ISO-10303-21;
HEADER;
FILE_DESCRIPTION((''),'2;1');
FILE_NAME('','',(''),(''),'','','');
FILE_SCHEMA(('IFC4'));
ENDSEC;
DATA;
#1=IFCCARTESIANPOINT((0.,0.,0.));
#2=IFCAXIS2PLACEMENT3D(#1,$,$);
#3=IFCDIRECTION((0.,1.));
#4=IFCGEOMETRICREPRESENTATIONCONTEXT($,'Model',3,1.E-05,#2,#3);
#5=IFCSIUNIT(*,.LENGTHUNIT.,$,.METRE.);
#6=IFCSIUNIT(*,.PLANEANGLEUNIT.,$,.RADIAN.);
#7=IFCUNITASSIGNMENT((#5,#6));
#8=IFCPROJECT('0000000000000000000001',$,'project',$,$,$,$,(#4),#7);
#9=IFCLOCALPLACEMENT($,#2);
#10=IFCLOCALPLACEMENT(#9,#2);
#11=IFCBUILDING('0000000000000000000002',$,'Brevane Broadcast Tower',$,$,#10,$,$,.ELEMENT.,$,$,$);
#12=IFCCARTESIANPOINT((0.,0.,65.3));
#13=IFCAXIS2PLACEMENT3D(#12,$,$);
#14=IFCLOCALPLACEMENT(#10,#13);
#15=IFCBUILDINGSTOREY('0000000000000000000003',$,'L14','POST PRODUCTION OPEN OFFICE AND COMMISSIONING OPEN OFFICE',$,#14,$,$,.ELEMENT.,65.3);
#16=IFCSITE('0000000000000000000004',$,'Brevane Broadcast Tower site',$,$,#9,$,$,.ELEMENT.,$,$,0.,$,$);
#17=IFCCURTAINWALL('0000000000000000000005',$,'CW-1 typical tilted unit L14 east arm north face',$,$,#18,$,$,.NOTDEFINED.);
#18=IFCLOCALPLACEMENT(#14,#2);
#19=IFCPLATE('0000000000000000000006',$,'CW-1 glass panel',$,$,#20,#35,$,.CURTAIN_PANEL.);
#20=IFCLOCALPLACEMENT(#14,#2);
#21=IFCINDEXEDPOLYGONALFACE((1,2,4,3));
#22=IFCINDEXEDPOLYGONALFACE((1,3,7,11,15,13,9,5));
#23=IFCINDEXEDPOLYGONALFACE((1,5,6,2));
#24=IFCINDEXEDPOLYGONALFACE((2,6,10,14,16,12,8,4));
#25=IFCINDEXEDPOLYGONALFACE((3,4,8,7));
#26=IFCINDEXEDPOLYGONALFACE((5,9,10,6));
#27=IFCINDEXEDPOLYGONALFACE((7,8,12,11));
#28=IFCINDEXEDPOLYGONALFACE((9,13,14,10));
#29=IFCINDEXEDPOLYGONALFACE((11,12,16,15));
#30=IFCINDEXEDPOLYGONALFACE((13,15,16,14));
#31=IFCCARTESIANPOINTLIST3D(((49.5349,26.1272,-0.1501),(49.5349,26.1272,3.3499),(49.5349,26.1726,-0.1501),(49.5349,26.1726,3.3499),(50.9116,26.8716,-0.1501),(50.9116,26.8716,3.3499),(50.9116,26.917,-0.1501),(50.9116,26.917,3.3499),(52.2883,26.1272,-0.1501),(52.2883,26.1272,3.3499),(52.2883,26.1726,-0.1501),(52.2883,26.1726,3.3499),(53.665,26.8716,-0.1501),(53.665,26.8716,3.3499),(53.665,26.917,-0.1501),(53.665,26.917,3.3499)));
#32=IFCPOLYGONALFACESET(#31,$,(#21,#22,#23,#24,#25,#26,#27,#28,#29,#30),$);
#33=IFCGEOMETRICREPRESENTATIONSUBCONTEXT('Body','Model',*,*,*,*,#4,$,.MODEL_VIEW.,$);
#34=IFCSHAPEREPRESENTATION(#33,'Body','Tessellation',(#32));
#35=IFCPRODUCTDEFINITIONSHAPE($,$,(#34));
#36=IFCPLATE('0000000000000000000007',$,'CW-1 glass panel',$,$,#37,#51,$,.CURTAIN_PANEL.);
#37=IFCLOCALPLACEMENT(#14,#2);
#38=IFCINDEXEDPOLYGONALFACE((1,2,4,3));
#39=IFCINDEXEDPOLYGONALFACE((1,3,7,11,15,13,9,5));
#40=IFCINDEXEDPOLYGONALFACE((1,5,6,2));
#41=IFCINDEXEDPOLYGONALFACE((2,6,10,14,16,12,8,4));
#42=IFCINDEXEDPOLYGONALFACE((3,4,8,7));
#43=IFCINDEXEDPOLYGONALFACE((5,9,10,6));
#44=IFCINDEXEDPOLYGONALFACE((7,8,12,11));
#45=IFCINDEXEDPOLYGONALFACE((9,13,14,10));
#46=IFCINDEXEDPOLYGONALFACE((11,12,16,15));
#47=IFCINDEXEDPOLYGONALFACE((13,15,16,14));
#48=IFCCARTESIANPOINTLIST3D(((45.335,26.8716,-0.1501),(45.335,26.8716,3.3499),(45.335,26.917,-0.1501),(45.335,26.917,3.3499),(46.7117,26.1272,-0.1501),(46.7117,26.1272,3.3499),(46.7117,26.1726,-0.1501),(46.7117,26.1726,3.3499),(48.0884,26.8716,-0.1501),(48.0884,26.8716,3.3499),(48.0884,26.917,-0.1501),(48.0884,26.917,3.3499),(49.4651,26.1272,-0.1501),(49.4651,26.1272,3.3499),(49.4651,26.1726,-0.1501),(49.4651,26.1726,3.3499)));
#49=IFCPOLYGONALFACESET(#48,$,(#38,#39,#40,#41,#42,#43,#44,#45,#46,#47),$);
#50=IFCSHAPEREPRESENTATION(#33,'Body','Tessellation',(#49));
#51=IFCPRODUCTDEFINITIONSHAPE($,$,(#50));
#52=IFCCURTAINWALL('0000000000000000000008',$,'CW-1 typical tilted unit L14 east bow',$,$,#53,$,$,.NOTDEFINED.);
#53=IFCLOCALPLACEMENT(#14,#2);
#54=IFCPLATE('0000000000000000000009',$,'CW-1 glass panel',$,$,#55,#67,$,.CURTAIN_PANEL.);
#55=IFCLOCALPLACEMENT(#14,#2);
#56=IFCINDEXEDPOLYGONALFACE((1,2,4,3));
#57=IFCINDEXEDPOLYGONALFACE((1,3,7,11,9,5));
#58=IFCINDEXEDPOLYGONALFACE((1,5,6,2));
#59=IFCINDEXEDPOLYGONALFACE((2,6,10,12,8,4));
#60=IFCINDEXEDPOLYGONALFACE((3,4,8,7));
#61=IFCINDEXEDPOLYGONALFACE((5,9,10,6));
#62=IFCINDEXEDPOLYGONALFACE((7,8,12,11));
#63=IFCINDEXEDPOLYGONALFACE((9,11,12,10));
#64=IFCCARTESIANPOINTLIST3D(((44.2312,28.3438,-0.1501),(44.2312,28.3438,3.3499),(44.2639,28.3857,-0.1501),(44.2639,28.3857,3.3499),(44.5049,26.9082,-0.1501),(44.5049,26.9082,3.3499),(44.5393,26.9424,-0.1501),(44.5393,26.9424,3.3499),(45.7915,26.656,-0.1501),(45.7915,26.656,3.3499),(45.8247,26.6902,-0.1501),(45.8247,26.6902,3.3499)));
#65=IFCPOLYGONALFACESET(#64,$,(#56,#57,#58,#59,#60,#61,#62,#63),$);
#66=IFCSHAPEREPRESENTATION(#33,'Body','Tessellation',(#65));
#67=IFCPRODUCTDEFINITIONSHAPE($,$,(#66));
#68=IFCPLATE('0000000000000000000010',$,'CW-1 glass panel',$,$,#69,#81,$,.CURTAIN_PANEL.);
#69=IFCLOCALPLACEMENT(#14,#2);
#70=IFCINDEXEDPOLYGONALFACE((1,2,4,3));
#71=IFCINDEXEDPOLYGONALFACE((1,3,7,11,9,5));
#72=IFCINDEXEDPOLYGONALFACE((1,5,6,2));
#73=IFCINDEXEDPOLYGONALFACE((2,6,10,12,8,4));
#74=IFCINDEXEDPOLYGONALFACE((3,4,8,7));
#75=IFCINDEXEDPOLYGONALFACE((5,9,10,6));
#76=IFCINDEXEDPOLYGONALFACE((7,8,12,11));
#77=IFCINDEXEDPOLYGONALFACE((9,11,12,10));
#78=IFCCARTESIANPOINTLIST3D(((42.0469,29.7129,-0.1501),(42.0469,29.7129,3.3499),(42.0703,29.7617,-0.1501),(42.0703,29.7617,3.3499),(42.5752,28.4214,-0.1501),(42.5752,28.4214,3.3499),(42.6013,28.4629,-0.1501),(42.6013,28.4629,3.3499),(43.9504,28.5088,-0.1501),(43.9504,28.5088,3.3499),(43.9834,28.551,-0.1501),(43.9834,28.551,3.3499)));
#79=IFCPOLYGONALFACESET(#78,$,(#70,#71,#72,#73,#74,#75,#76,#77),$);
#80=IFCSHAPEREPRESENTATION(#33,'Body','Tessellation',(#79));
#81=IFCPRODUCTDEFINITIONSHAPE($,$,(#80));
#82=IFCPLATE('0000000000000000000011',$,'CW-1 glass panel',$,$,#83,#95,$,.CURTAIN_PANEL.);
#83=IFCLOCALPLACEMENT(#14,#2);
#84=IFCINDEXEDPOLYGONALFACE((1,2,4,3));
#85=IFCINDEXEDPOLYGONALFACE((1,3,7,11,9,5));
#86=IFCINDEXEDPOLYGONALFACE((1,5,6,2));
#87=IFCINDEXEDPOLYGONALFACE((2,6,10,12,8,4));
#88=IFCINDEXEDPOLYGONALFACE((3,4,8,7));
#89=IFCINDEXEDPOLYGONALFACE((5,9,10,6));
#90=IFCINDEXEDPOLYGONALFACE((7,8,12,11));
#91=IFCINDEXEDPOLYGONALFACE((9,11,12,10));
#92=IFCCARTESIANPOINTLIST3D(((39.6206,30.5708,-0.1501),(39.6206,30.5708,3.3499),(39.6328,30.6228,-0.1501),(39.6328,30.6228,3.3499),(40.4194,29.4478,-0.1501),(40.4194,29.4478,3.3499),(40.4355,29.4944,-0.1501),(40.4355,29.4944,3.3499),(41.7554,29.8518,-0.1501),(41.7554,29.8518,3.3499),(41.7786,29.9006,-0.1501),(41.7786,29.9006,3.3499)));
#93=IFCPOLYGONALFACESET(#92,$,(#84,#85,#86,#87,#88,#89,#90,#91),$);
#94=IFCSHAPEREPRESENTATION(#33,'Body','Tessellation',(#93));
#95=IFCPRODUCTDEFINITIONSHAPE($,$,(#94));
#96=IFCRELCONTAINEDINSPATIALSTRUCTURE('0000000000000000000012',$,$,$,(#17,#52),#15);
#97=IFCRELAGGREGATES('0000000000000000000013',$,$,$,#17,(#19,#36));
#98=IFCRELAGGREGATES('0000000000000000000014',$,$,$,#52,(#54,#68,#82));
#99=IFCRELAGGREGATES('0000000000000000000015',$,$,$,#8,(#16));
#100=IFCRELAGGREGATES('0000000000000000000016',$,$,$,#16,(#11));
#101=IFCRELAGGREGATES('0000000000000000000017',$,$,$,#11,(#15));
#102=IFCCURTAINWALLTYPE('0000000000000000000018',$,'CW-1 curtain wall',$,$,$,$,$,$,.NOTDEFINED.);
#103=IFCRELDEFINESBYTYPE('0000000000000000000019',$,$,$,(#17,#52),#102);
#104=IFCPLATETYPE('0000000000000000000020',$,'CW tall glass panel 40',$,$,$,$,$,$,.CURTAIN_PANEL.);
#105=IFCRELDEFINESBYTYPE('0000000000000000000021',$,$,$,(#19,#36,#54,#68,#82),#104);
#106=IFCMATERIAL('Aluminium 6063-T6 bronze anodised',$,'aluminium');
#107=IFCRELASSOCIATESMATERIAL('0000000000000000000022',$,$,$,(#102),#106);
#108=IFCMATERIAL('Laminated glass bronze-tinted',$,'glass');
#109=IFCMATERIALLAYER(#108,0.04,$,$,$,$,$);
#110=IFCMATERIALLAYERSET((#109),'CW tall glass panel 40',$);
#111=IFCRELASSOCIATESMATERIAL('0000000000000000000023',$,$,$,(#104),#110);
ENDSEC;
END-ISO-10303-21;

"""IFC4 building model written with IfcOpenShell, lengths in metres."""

from ifc_helpers import new_model, si_unit, direction, frame, origin, place, context, subcontext, project, spatial, polyline, outline, extrude, material, layer, layer_set, type_object, element, aggregate, save


model = new_model("IFC4")

# Units and contexts
model_context = context("Model", 3, precision=1e-05, world=origin(), true_north=direction((0.0, 1.0)))
body_context = subcontext(model_context, "Body", "Model", "MODEL_VIEW")
ifc_project = project(units=[si_unit("LENGTHUNIT", "METRE"), si_unit("PLANEANGLEUNIT", "RADIAN")], contexts=[model_context])

# Site, building, storey
site_placement = place(None, origin())
site = spatial("IfcSite", under=ifc_project, at=site_placement, Name="Brevane Broadcast Tower site", CompositionType="ELEMENT", RefElevation=0.0)
building_placement = place(site_placement, origin())
building = spatial("IfcBuilding", under=site, at=building_placement, Name="Brevane Broadcast Tower", CompositionType="ELEMENT")
storey_placement = place(building_placement, frame((0.0, 0.0, 65.3)))
storey = spatial("IfcBuildingStorey", under=building, at=storey_placement, Name="L14", Description="POST PRODUCTION OPEN OFFICE AND COMMISSIONING OPEN OFFICE", CompositionType="ELEMENT", Elevation=65.3)

# Curtain walls, plates
ifc_material_1 = material(Name="Aluminium 6063-T6 bronze anodised", Category="aluminium")
curtain_wall_type = type_object("IfcCurtainWallType", Name="CW-1 curtain wall", PredefinedType="NOTDEFINED", material=ifc_material_1)
ifc_material_2 = material(Name="Laminated glass bronze-tinted", Category="glass")
ifc_layer = layer(ifc_material_2, 0.04)
ifc_layer_set = layer_set([ifc_layer], Name="CW tall glass panel 40")
plate_type = type_object("IfcPlateType", Name="CW tall glass panel 40", PredefinedType="CURTAIN_PANEL", material=ifc_layer_set)
curtain_wall_1_placement = place(storey_placement, origin())
curtain_wall_1 = element("IfcCurtainWall", 1, at=curtain_wall_1_placement, inside=storey, type_object=curtain_wall_type, Name="CW-1 typical tilted unit L14 east arm north face", PredefinedType="NOTDEFINED")
plate_1_placement = place(storey_placement, frame((0.0, 0.0, -0.1501)))
plate_1 = element("IfcPlate", 2, at=plate_1_placement, type_object=plate_type, Name="CW-1 glass panel", PredefinedType="CURTAIN_PANEL", context=body_context, shape_type="SweptSolid", body=[
    extrude(outline(polyline([(53.665, 26.8716), (53.665, 26.917), (52.2883, 26.1726), (50.9116, 26.917), (49.5349, 26.1726), (49.5349, 26.1272), (50.9116, 26.8716), (52.2883, 26.1272), (53.665, 26.8716)])), origin(), (0.0, 0.0, 1.0), 3.5),
])
plate_2_placement = place(storey_placement, frame((0.0, 0.0, -0.1501)))
plate_2 = element("IfcPlate", 3, at=plate_2_placement, type_object=plate_type, Name="CW-1 glass panel", PredefinedType="CURTAIN_PANEL", context=body_context, shape_type="SweptSolid", body=[
    extrude(outline(polyline([(49.4651, 26.1272), (49.4651, 26.1726), (48.0884, 26.917), (46.7117, 26.1726), (45.335, 26.917), (45.335, 26.8716), (46.7117, 26.1272), (48.0884, 26.8716), (49.4651, 26.1272)])), origin(), (0.0, 0.0, 1.0), 3.5),
])
aggregate(curtain_wall_1, [plate_1, plate_2])
curtain_wall_2_placement = place(storey_placement, origin())
curtain_wall_2 = element("IfcCurtainWall", 4, at=curtain_wall_2_placement, inside=storey, type_object=curtain_wall_type, Name="CW-1 typical tilted unit L14 east bow", PredefinedType="NOTDEFINED")
plate_3_placement = place(storey_placement, frame((0.0, 0.0, -0.1501)))
plate_3 = element("IfcPlate", 5, at=plate_3_placement, type_object=plate_type, Name="CW-1 glass panel", PredefinedType="CURTAIN_PANEL", context=body_context, shape_type="SweptSolid", body=[
    extrude(outline(polyline([(45.7915, 26.656), (45.8247, 26.6902), (44.5393, 26.9424), (44.2639, 28.3857), (44.2312, 28.3438), (44.5049, 26.9082), (45.7915, 26.656)])), origin(), (0.0, 0.0, 1.0), 3.5),
])
plate_4_placement = place(storey_placement, frame((0.0, 0.0, -0.1501)))
plate_4 = element("IfcPlate", 6, at=plate_4_placement, type_object=plate_type, Name="CW-1 glass panel", PredefinedType="CURTAIN_PANEL", context=body_context, shape_type="SweptSolid", body=[
    extrude(outline(polyline([(43.9504, 28.5088), (43.9834, 28.551), (42.6013, 28.4629), (42.0703, 29.7617), (42.0469, 29.7129), (42.5752, 28.4214), (43.9504, 28.5088)])), origin(), (0.0, 0.0, 1.0), 3.5),
])
plate_5_placement = place(storey_placement, frame((0.0, 0.0, -0.1501)))
plate_5 = element("IfcPlate", 7, at=plate_5_placement, type_object=plate_type, Name="CW-1 glass panel", PredefinedType="CURTAIN_PANEL", context=body_context, shape_type="SweptSolid", body=[
    extrude(outline(polyline([(41.7554, 29.8518), (41.7786, 29.9006), (40.4355, 29.4944), (39.6328, 30.6228), (39.6206, 30.5708), (40.4194, 29.4478), (41.7554, 29.8518)])), origin(), (0.0, 0.0, 1.0), 3.5),
])
aggregate(curtain_wall_2, [plate_3, plate_4, plate_5])

save(model, "model.ifc")
